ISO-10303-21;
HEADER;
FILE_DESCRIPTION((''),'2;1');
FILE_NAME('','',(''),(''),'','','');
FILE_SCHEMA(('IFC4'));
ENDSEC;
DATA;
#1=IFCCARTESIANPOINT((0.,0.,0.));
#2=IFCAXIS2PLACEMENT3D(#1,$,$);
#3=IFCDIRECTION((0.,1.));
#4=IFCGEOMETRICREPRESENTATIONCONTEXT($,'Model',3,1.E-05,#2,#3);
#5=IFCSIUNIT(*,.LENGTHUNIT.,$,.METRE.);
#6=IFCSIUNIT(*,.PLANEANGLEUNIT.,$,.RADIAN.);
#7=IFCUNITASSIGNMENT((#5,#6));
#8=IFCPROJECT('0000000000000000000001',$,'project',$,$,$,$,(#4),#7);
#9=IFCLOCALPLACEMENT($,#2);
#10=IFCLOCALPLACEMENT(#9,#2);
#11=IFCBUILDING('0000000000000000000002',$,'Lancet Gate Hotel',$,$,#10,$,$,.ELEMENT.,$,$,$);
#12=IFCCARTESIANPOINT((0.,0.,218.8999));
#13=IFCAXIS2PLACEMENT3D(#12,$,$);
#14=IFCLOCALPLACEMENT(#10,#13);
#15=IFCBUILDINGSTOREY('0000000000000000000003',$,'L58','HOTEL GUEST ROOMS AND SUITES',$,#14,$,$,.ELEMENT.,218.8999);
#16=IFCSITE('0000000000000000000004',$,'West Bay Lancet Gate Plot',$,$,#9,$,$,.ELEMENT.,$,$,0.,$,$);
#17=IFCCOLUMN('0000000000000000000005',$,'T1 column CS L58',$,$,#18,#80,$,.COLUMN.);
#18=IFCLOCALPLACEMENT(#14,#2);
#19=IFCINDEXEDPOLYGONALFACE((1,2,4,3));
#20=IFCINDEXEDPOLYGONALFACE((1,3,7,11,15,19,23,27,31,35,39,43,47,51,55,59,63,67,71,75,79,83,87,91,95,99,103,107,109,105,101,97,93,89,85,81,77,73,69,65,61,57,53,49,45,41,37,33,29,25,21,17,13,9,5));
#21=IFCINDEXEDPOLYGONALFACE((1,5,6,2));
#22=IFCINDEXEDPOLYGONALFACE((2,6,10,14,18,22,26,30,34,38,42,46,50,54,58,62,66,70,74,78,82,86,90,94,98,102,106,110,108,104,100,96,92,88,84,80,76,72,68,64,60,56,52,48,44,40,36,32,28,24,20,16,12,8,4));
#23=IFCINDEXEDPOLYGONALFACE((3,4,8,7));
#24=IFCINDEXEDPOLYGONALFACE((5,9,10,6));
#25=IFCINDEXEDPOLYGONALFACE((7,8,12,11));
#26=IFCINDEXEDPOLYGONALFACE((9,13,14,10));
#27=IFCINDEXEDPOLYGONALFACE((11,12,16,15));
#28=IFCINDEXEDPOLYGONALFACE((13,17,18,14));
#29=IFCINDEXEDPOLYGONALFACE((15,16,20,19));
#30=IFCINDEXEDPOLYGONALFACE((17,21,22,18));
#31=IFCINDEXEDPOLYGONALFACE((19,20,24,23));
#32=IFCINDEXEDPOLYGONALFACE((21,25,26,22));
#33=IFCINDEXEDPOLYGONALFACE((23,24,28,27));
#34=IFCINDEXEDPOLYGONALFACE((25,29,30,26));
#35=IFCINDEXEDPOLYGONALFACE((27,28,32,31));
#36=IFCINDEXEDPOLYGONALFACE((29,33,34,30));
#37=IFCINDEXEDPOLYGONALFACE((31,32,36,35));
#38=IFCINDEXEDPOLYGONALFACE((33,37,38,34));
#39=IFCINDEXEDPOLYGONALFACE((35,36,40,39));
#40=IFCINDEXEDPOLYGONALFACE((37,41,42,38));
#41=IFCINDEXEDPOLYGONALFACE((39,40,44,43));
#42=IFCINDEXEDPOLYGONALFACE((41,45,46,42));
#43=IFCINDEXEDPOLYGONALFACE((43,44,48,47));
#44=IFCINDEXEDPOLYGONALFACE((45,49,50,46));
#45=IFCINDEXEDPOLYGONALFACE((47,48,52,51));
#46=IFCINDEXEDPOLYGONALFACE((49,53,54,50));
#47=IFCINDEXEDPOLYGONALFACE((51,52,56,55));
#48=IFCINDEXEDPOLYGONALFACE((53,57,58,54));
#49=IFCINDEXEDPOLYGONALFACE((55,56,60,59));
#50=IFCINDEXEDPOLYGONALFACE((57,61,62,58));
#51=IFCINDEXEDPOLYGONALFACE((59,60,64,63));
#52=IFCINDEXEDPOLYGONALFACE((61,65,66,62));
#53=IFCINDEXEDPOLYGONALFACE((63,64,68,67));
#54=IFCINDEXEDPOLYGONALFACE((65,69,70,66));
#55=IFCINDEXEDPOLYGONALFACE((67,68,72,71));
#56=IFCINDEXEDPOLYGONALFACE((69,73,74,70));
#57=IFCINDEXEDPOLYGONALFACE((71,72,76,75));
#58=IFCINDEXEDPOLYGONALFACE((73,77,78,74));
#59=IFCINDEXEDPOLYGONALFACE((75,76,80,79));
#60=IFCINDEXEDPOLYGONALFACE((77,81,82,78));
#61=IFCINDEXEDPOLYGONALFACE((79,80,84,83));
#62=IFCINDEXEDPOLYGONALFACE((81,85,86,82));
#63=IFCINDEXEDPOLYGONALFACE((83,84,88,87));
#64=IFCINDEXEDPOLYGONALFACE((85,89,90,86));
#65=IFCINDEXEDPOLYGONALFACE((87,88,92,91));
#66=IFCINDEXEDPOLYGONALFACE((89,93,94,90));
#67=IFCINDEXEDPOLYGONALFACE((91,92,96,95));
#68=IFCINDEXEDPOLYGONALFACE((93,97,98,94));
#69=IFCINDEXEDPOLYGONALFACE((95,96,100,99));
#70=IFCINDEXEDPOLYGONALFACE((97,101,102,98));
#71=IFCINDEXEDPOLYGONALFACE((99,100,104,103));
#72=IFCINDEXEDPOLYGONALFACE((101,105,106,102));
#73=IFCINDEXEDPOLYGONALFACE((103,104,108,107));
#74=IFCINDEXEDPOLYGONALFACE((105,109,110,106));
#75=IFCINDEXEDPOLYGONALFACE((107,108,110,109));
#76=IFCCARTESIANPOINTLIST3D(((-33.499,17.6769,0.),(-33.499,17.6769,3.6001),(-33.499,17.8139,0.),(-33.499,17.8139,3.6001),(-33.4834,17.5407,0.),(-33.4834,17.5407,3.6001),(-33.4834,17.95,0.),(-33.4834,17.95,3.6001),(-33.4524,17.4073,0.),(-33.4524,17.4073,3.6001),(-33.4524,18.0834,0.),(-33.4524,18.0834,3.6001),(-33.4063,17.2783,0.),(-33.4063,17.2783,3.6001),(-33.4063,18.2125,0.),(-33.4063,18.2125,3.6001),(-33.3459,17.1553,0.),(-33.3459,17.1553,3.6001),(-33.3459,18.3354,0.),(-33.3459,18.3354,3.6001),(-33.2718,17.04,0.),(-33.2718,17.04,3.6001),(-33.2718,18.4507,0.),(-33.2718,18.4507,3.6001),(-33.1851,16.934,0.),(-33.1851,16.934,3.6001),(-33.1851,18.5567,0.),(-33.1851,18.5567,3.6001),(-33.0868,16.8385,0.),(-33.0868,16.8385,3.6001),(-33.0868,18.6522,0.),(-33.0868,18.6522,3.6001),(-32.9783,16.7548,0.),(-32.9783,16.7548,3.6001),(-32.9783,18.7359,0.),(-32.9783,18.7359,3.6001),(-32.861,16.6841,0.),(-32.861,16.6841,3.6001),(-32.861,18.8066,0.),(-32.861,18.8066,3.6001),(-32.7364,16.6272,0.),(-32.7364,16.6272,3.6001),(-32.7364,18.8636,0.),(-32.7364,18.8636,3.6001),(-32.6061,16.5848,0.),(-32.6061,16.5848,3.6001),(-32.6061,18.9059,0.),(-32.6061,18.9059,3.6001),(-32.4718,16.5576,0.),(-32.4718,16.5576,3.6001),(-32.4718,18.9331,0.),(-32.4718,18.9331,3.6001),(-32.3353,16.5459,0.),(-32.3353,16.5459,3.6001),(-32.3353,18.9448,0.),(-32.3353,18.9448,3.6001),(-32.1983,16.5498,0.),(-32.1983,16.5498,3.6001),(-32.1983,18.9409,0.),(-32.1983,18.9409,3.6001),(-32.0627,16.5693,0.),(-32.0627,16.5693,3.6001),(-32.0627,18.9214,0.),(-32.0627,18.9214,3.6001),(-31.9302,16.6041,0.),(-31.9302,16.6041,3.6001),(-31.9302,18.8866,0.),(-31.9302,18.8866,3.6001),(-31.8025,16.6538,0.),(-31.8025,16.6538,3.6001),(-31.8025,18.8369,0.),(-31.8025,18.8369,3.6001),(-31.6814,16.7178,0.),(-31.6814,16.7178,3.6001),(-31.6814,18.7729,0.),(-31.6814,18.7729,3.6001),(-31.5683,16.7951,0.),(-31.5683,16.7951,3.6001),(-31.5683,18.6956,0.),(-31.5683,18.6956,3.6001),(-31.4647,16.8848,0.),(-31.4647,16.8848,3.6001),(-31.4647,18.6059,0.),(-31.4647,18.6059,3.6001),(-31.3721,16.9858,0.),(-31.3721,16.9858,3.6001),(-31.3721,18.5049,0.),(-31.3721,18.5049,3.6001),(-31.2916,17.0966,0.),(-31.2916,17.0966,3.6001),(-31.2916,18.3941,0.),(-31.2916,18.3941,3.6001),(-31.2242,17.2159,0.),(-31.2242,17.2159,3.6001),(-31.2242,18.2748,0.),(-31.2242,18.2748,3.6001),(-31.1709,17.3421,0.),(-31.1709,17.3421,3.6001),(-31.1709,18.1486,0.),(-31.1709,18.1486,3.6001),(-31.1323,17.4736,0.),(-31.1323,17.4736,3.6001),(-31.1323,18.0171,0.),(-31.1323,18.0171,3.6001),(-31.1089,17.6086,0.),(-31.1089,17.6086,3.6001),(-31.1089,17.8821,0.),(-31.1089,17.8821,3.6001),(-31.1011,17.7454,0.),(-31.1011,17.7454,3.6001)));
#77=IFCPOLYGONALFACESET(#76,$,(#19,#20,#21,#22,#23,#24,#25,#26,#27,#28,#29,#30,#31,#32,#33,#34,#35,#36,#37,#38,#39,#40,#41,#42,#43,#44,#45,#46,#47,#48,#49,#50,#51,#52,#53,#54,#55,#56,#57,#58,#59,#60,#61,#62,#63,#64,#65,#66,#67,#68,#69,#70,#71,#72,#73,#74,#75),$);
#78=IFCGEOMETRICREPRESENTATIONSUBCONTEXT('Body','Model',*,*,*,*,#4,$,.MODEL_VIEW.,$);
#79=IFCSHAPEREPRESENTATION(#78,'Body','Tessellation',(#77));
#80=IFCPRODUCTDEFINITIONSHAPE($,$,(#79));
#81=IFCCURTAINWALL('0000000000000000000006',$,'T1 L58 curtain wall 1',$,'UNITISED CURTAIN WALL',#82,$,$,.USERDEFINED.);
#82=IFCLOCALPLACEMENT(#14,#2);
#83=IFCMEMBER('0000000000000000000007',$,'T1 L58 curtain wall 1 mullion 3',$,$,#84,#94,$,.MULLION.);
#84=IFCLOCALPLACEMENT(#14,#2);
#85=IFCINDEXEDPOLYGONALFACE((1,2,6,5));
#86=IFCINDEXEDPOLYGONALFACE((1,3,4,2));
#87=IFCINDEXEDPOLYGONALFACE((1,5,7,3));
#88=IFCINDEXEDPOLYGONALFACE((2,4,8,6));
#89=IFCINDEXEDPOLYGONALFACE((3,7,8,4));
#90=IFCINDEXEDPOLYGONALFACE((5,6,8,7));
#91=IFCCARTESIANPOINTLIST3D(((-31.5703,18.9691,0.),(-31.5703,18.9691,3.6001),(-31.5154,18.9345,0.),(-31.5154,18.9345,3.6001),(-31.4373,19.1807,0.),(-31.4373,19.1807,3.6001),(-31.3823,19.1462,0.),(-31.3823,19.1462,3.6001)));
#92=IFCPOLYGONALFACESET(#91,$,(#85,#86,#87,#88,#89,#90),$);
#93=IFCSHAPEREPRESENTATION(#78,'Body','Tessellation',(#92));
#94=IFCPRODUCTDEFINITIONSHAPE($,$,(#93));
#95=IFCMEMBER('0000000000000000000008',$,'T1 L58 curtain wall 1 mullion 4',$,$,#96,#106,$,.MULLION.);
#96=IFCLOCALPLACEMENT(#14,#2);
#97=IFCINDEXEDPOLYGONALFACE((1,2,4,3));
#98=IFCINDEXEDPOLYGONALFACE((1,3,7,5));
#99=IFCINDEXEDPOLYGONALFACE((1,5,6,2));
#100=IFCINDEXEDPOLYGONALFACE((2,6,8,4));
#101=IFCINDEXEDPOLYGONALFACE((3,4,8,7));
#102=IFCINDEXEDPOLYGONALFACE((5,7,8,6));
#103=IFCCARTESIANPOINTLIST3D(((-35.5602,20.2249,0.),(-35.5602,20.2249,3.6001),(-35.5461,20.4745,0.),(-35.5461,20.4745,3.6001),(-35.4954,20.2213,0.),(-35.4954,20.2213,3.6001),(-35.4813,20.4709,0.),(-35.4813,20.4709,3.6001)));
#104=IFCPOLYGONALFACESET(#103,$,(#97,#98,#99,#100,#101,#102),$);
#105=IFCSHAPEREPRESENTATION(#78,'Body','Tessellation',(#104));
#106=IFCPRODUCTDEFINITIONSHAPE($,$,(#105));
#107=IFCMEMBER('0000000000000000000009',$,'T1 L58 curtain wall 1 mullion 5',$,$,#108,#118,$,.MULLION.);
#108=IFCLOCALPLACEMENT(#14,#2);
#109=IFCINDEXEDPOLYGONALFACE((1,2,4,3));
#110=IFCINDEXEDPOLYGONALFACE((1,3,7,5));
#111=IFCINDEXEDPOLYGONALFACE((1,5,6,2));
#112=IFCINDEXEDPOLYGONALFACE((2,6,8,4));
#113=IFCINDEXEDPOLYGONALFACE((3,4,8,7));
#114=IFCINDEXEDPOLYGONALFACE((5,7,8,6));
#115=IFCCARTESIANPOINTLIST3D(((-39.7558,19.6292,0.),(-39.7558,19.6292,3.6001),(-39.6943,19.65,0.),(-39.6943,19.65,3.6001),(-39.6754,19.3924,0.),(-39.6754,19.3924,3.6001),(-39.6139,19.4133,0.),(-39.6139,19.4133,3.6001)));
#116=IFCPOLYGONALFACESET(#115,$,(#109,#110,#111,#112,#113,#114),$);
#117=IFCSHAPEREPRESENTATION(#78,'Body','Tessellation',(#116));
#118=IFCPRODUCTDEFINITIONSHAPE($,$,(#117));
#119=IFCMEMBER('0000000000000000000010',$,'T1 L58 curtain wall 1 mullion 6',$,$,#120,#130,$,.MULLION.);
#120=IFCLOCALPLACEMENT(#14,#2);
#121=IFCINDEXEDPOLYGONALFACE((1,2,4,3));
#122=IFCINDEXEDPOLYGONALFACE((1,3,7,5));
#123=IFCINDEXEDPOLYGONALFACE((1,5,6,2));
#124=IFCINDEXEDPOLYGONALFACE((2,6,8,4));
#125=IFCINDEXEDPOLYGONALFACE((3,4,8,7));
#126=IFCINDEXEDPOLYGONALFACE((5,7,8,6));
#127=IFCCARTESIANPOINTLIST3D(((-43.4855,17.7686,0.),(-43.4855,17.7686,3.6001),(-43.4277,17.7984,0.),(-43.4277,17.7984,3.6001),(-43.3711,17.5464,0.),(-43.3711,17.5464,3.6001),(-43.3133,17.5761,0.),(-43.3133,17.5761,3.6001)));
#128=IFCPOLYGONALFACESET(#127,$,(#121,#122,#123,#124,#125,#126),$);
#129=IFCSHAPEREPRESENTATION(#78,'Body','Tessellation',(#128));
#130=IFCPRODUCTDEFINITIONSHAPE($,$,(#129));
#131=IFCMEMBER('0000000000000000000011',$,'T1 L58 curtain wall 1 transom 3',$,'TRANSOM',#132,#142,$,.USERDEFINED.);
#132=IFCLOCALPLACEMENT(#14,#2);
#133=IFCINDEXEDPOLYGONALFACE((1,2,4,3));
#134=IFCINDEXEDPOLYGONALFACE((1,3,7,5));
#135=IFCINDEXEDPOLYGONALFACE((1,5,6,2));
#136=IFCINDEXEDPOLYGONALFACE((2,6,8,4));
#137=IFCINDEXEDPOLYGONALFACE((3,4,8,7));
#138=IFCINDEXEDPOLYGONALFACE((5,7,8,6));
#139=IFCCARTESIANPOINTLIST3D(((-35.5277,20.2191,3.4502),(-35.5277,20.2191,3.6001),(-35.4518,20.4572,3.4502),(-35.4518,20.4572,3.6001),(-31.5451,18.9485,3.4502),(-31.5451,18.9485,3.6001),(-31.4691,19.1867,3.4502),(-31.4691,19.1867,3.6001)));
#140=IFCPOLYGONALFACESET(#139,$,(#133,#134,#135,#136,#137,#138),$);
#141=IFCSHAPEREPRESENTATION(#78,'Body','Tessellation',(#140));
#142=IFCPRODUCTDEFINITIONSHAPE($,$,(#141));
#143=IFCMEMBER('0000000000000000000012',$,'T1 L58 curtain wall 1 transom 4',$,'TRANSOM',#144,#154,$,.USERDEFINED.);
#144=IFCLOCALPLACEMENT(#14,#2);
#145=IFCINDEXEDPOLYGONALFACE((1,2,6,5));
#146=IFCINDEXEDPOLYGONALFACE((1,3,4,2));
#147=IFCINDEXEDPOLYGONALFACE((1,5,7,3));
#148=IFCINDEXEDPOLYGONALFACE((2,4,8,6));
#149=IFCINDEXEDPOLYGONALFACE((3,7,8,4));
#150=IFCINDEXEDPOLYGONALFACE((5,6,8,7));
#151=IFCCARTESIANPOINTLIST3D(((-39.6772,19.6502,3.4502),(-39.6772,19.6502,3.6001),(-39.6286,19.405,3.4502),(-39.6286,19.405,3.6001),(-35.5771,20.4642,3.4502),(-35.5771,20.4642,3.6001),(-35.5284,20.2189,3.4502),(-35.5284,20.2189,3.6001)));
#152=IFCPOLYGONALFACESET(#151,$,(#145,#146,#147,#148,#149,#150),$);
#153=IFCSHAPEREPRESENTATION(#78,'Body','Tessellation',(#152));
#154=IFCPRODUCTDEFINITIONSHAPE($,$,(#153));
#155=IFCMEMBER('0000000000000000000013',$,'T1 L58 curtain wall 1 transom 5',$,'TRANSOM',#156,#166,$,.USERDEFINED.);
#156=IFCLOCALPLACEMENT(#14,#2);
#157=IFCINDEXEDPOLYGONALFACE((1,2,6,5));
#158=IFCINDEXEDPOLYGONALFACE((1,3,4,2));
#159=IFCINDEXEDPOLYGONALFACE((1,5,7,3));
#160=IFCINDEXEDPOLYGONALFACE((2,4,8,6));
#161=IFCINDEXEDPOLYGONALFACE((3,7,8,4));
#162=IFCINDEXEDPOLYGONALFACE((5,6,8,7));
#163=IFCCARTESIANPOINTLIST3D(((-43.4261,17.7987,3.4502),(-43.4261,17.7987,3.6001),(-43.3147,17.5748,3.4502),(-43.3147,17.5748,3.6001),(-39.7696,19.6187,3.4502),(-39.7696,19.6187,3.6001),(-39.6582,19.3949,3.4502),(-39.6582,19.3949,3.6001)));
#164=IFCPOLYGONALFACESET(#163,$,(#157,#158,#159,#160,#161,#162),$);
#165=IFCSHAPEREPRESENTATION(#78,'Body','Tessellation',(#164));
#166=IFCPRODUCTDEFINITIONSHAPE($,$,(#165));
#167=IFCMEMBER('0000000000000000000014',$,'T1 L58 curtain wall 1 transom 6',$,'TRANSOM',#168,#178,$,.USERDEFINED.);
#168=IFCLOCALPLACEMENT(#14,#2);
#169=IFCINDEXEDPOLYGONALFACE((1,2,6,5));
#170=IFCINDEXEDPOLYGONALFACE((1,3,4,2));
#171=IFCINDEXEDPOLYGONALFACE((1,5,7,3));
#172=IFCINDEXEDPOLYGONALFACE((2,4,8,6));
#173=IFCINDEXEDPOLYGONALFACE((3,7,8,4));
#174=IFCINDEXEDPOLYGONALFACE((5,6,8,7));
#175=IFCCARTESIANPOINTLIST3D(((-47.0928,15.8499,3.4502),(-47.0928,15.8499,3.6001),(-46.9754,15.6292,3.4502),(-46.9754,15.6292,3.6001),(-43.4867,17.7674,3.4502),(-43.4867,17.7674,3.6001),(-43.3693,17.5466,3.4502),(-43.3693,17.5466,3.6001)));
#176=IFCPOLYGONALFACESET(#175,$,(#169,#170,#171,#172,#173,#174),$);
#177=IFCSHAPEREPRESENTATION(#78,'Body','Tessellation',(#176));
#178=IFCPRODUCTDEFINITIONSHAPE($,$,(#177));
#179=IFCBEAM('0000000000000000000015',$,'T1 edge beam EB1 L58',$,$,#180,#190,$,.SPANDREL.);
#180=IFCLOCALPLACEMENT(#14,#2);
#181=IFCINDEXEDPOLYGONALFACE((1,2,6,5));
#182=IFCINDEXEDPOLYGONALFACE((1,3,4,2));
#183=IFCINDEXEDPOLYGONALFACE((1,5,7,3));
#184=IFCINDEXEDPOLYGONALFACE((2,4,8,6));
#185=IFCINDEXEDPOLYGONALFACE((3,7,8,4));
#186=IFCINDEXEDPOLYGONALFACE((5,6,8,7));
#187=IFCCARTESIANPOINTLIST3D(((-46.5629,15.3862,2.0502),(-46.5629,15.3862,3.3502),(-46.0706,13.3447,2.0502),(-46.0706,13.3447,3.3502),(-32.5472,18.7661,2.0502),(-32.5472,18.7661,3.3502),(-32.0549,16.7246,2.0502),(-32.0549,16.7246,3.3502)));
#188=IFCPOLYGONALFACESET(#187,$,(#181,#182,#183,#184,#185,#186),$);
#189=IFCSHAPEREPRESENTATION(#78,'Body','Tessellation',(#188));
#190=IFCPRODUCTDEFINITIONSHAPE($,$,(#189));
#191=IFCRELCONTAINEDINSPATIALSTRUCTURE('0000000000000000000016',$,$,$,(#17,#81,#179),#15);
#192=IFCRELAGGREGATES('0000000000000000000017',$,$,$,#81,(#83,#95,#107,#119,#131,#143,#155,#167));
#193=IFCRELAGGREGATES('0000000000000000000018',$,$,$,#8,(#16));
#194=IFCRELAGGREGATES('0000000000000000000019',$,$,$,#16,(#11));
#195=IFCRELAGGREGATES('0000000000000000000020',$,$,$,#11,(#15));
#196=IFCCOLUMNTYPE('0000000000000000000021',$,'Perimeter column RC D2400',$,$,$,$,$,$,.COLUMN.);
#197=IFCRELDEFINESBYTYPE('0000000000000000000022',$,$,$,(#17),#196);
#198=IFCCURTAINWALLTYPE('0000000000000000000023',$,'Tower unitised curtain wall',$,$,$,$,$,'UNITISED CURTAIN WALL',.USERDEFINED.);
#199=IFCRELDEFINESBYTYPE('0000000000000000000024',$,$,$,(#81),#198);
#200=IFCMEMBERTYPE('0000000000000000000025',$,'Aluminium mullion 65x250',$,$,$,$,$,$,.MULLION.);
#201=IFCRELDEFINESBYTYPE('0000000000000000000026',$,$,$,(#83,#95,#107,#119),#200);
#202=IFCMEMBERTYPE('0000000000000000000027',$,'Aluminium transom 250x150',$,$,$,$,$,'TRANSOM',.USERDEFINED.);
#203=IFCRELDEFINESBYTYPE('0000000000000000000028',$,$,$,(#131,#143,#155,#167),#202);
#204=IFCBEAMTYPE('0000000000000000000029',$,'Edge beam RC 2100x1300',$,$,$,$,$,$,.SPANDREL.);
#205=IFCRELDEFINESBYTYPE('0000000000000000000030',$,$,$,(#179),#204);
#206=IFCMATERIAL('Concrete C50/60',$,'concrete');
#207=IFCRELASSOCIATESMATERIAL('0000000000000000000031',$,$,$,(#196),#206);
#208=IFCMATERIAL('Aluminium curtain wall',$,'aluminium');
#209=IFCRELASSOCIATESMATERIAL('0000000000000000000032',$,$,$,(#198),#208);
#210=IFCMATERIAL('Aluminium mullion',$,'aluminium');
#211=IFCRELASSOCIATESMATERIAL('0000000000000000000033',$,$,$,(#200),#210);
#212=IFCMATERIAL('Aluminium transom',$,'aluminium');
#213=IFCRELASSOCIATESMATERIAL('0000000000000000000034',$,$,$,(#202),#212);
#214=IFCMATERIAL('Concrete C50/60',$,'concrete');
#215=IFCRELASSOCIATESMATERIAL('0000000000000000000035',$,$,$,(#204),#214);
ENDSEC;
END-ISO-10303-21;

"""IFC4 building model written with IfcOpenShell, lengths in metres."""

from ifc_helpers import new_model, si_unit, direction, frame, origin, origin_2d, place, context, subcontext, project, spatial, rectangle, circle, extrude, material, material_profile, profile_set, type_object, element, aggregate, save


model = new_model("IFC4")

# Units and contexts
model_context = context("Model", 3, precision=1e-05, world=origin(), true_north=direction((0.0, 1.0)))
body_context = subcontext(model_context, "Body", "Model", "MODEL_VIEW")
ifc_project = project(units=[si_unit("LENGTHUNIT", "METRE"), si_unit("PLANEANGLEUNIT", "RADIAN")], contexts=[model_context])

# Site, building, storey
site_placement = place(None, origin())
site = spatial("IfcSite", under=ifc_project, at=site_placement, Name="West Bay Lancet Gate Plot", CompositionType="ELEMENT", RefElevation=0.0)
building_placement = place(site_placement, origin())
building = spatial("IfcBuilding", under=site, at=building_placement, Name="Lancet Gate Hotel", CompositionType="ELEMENT")
storey_placement = place(building_placement, frame((0.0, 0.0, 218.8999)))
storey = spatial("IfcBuildingStorey", under=building, at=storey_placement, Name="L58", Description="HOTEL GUEST ROOMS AND SUITES", CompositionType="ELEMENT", Elevation=218.8999)

# Column
ifc_material_1 = material(Name="Concrete C50/60", Category="concrete")
ifc_material_profile_1 = material_profile(ifc_material_1, circle(Radius=1.2, at=origin_2d()), Name="RC D2400")
ifc_profile_set_1 = profile_set([ifc_material_profile_1], Name="Concrete C50/60")
column_type = type_object("IfcColumnType", Name="Perimeter column RC D2400", PredefinedType="COLUMN", material=ifc_profile_set_1)
column_placement = place(storey_placement, frame((-32.301, 17.7454, 0.0), z_axis=(0.0, 0.0, 1.0), x_axis=(1.0, 0.0, 0.0)))
element("IfcColumn", 1, at=column_placement, inside=storey, type_object=column_type, Name="T1 column CS L58", PredefinedType="COLUMN", context=body_context, shape_type="SweptSolid", body=[
    extrude(circle(Radius=1.2, at=origin_2d()), origin(), (0.0, 0.0, 1.0), 3.6001),
])

# Curtain wall, members
ifc_material_2 = material(Name="Aluminium curtain wall", Category="aluminium")
curtain_wall_type = type_object("IfcCurtainWallType", Name="Tower unitised curtain wall", ElementType="UNITISED CURTAIN WALL", PredefinedType="USERDEFINED", material=ifc_material_2)
curtain_wall_placement = place(storey_placement, origin())
curtain_wall = element("IfcCurtainWall", 2, at=curtain_wall_placement, inside=storey, type_object=curtain_wall_type, Name="T1 L58 curtain wall 1", ObjectType="UNITISED CURTAIN WALL", PredefinedType="USERDEFINED")
ifc_material_3 = material(Name="Aluminium mullion", Category="aluminium")
ifc_material_profile_2 = material_profile(ifc_material_3, rectangle(XDim=0.0649, YDim=0.25, at=origin_2d()), Name="MULLION 65x250")
ifc_profile_set_2 = profile_set([ifc_material_profile_2], Name="Aluminium mullion")
member_type_1 = type_object("IfcMemberType", Name="Aluminium mullion 65x250", PredefinedType="MULLION", material=ifc_profile_set_2)
member_1_placement = place(storey_placement, frame((-31.4763, 19.0576, 0.0), z_axis=(0.0, 0.0, 1.0), x_axis=(-0.846613, 0.532209, 0.0)))
member_1 = element("IfcMember", 3, at=member_1_placement, type_object=member_type_1, Name="T1 L58 curtain wall 1 mullion 3", PredefinedType="MULLION", context=body_context, shape_type="SweptSolid", body=[
    extrude(rectangle(XDim=0.0649, YDim=0.25, at=origin_2d()), origin(), (0.0, 0.0, 1.0), 3.6001),
])
member_2_placement = place(storey_placement, frame((-35.5208, 20.3479, 0.0), z_axis=(0.0, 0.0, 1.0), x_axis=(-0.998409, 0.056384, 0.0)))
member_2 = element("IfcMember", 4, at=member_2_placement, type_object=member_type_1, Name="T1 L58 curtain wall 1 mullion 4", PredefinedType="MULLION", context=body_context, shape_type="SweptSolid", body=[
    extrude(rectangle(XDim=0.0649, YDim=0.25, at=origin_2d()), origin(), (0.0, 0.0, 1.0), 3.6001),
])
member_3_placement = place(storey_placement, frame((-39.6848, 19.5212, 0.0), z_axis=(0.0, 0.0, 1.0), x_axis=(-0.946888, -0.321564, 0.0)))
member_3 = element("IfcMember", 5, at=member_3_placement, type_object=member_type_1, Name="T1 L58 curtain wall 1 mullion 5", PredefinedType="MULLION", context=body_context, shape_type="SweptSolid", body=[
    extrude(rectangle(XDim=0.0649, YDim=0.25, at=origin_2d()), origin(), (0.0, 0.0, 1.0), 3.6001),
])
member_4_placement = place(storey_placement, frame((-43.3994, 17.6724, 0.0), z_axis=(0.0, 0.0, 1.0), x_axis=(-0.889156, -0.457605, 0.0)))
member_4 = element("IfcMember", 6, at=member_4_placement, type_object=member_type_1, Name="T1 L58 curtain wall 1 mullion 6", PredefinedType="MULLION", context=body_context, shape_type="SweptSolid", body=[
    extrude(rectangle(XDim=0.0649, YDim=0.25, at=origin_2d()), origin(), (0.0, 0.0, 1.0), 3.6001),
])
ifc_material_4 = material(Name="Aluminium transom", Category="aluminium")
ifc_material_profile_3 = material_profile(ifc_material_4, rectangle(XDim=0.25, YDim=0.1499, at=origin_2d()), Name="TRANSOM 250x150")
ifc_profile_set_3 = profile_set([ifc_material_profile_3], Name="Aluminium transom")
member_type_2 = type_object("IfcMemberType", Name="Aluminium transom 250x150", ElementType="TRANSOM", PredefinedType="USERDEFINED", material=ifc_profile_set_3)
member_5_placement = place(storey_placement, frame((-31.5071, 19.0676, 3.5251), z_axis=(-0.952698, 0.30392, 0.0), x_axis=(-0.30392, -0.952698, 0.0)))
member_5 = element("IfcMember", 7, at=member_5_placement, type_object=member_type_2, Name="T1 L58 curtain wall 1 transom 3", ObjectType="TRANSOM", PredefinedType="USERDEFINED", context=body_context, shape_type="SweptSolid", body=[
    extrude(rectangle(XDim=0.25, YDim=0.1499, at=origin_2d()), origin(), (0.0, 0.0, 1.0), 4.1804),
])
member_6_placement = place(storey_placement, frame((-35.5527, 20.3416, 3.5251), z_axis=(-0.980858, -0.194723, 0.0), x_axis=(0.194723, -0.980858, 0.0)))
member_6 = element("IfcMember", 8, at=member_6_placement, type_object=member_type_2, Name="T1 L58 curtain wall 1 transom 4", ObjectType="TRANSOM", PredefinedType="USERDEFINED", context=body_context, shape_type="SweptSolid", body=[
    extrude(rectangle(XDim=0.25, YDim=0.1499, at=origin_2d()), origin(), (0.0, 0.0, 1.0), 4.1802),
])
member_7_placement = place(storey_placement, frame((-39.7139, 19.5068, 3.5251), z_axis=(-0.895227, -0.445611, 0.0), x_axis=(0.445611, -0.895227, 0.0)))
member_7 = element("IfcMember", 9, at=member_7_placement, type_object=member_type_2, Name="T1 L58 curtain wall 1 transom 5", ObjectType="TRANSOM", PredefinedType="USERDEFINED", context=body_context, shape_type="SweptSolid", body=[
    extrude(rectangle(XDim=0.25, YDim=0.1499, at=origin_2d()), origin(), (0.0, 0.0, 1.0), 4.0845),
])
member_8_placement = place(storey_placement, frame((-43.428, 17.657, 3.5251), z_axis=(-0.882945, -0.469477, 0.0), x_axis=(0.469477, -0.882945, 0.0)))
member_8 = element("IfcMember", 10, at=member_8_placement, type_object=member_type_2, Name="T1 L58 curtain wall 1 transom 6", ObjectType="TRANSOM", PredefinedType="USERDEFINED", context=body_context, shape_type="SweptSolid", body=[
    extrude(rectangle(XDim=0.25, YDim=0.1499, at=origin_2d()), origin(), (0.0, 0.0, 1.0), 4.0842),
])

# Beam
ifc_material_5 = material(Name="Concrete C50/60", Category="concrete")
ifc_material_profile_4 = material_profile(ifc_material_5, rectangle(XDim=2.1001, YDim=1.3, at=origin_2d()), Name="RC 2100x1300")
ifc_profile_set_4 = profile_set([ifc_material_profile_4], Name="Concrete C50/60")
beam_type_1 = type_object("IfcBeamType", Name="Edge beam RC 2100x1300", PredefinedType="SPANDREL", material=ifc_profile_set_4)
beam_1_placement = place(storey_placement, frame((-32.301, 17.7454, 2.7002), z_axis=(-0.972133, -0.234431, 0.0), x_axis=(0.234431, -0.972133, 0.0)))
element("IfcBeam", 11, at=beam_1_placement, inside=storey, type_object=beam_type_1, Name="T1 edge beam EB1 L58", PredefinedType="SPANDREL", context=body_context, shape_type="SweptSolid", body=[
    extrude(rectangle(XDim=2.1001, YDim=1.3, at=origin_2d()), origin(), (0.0, 0.0, 1.0), 14.4175),
])

aggregate(curtain_wall, [member_1, member_2, member_3, member_4, member_5, member_6, member_7, member_8])

save(model, "model.ifc")
